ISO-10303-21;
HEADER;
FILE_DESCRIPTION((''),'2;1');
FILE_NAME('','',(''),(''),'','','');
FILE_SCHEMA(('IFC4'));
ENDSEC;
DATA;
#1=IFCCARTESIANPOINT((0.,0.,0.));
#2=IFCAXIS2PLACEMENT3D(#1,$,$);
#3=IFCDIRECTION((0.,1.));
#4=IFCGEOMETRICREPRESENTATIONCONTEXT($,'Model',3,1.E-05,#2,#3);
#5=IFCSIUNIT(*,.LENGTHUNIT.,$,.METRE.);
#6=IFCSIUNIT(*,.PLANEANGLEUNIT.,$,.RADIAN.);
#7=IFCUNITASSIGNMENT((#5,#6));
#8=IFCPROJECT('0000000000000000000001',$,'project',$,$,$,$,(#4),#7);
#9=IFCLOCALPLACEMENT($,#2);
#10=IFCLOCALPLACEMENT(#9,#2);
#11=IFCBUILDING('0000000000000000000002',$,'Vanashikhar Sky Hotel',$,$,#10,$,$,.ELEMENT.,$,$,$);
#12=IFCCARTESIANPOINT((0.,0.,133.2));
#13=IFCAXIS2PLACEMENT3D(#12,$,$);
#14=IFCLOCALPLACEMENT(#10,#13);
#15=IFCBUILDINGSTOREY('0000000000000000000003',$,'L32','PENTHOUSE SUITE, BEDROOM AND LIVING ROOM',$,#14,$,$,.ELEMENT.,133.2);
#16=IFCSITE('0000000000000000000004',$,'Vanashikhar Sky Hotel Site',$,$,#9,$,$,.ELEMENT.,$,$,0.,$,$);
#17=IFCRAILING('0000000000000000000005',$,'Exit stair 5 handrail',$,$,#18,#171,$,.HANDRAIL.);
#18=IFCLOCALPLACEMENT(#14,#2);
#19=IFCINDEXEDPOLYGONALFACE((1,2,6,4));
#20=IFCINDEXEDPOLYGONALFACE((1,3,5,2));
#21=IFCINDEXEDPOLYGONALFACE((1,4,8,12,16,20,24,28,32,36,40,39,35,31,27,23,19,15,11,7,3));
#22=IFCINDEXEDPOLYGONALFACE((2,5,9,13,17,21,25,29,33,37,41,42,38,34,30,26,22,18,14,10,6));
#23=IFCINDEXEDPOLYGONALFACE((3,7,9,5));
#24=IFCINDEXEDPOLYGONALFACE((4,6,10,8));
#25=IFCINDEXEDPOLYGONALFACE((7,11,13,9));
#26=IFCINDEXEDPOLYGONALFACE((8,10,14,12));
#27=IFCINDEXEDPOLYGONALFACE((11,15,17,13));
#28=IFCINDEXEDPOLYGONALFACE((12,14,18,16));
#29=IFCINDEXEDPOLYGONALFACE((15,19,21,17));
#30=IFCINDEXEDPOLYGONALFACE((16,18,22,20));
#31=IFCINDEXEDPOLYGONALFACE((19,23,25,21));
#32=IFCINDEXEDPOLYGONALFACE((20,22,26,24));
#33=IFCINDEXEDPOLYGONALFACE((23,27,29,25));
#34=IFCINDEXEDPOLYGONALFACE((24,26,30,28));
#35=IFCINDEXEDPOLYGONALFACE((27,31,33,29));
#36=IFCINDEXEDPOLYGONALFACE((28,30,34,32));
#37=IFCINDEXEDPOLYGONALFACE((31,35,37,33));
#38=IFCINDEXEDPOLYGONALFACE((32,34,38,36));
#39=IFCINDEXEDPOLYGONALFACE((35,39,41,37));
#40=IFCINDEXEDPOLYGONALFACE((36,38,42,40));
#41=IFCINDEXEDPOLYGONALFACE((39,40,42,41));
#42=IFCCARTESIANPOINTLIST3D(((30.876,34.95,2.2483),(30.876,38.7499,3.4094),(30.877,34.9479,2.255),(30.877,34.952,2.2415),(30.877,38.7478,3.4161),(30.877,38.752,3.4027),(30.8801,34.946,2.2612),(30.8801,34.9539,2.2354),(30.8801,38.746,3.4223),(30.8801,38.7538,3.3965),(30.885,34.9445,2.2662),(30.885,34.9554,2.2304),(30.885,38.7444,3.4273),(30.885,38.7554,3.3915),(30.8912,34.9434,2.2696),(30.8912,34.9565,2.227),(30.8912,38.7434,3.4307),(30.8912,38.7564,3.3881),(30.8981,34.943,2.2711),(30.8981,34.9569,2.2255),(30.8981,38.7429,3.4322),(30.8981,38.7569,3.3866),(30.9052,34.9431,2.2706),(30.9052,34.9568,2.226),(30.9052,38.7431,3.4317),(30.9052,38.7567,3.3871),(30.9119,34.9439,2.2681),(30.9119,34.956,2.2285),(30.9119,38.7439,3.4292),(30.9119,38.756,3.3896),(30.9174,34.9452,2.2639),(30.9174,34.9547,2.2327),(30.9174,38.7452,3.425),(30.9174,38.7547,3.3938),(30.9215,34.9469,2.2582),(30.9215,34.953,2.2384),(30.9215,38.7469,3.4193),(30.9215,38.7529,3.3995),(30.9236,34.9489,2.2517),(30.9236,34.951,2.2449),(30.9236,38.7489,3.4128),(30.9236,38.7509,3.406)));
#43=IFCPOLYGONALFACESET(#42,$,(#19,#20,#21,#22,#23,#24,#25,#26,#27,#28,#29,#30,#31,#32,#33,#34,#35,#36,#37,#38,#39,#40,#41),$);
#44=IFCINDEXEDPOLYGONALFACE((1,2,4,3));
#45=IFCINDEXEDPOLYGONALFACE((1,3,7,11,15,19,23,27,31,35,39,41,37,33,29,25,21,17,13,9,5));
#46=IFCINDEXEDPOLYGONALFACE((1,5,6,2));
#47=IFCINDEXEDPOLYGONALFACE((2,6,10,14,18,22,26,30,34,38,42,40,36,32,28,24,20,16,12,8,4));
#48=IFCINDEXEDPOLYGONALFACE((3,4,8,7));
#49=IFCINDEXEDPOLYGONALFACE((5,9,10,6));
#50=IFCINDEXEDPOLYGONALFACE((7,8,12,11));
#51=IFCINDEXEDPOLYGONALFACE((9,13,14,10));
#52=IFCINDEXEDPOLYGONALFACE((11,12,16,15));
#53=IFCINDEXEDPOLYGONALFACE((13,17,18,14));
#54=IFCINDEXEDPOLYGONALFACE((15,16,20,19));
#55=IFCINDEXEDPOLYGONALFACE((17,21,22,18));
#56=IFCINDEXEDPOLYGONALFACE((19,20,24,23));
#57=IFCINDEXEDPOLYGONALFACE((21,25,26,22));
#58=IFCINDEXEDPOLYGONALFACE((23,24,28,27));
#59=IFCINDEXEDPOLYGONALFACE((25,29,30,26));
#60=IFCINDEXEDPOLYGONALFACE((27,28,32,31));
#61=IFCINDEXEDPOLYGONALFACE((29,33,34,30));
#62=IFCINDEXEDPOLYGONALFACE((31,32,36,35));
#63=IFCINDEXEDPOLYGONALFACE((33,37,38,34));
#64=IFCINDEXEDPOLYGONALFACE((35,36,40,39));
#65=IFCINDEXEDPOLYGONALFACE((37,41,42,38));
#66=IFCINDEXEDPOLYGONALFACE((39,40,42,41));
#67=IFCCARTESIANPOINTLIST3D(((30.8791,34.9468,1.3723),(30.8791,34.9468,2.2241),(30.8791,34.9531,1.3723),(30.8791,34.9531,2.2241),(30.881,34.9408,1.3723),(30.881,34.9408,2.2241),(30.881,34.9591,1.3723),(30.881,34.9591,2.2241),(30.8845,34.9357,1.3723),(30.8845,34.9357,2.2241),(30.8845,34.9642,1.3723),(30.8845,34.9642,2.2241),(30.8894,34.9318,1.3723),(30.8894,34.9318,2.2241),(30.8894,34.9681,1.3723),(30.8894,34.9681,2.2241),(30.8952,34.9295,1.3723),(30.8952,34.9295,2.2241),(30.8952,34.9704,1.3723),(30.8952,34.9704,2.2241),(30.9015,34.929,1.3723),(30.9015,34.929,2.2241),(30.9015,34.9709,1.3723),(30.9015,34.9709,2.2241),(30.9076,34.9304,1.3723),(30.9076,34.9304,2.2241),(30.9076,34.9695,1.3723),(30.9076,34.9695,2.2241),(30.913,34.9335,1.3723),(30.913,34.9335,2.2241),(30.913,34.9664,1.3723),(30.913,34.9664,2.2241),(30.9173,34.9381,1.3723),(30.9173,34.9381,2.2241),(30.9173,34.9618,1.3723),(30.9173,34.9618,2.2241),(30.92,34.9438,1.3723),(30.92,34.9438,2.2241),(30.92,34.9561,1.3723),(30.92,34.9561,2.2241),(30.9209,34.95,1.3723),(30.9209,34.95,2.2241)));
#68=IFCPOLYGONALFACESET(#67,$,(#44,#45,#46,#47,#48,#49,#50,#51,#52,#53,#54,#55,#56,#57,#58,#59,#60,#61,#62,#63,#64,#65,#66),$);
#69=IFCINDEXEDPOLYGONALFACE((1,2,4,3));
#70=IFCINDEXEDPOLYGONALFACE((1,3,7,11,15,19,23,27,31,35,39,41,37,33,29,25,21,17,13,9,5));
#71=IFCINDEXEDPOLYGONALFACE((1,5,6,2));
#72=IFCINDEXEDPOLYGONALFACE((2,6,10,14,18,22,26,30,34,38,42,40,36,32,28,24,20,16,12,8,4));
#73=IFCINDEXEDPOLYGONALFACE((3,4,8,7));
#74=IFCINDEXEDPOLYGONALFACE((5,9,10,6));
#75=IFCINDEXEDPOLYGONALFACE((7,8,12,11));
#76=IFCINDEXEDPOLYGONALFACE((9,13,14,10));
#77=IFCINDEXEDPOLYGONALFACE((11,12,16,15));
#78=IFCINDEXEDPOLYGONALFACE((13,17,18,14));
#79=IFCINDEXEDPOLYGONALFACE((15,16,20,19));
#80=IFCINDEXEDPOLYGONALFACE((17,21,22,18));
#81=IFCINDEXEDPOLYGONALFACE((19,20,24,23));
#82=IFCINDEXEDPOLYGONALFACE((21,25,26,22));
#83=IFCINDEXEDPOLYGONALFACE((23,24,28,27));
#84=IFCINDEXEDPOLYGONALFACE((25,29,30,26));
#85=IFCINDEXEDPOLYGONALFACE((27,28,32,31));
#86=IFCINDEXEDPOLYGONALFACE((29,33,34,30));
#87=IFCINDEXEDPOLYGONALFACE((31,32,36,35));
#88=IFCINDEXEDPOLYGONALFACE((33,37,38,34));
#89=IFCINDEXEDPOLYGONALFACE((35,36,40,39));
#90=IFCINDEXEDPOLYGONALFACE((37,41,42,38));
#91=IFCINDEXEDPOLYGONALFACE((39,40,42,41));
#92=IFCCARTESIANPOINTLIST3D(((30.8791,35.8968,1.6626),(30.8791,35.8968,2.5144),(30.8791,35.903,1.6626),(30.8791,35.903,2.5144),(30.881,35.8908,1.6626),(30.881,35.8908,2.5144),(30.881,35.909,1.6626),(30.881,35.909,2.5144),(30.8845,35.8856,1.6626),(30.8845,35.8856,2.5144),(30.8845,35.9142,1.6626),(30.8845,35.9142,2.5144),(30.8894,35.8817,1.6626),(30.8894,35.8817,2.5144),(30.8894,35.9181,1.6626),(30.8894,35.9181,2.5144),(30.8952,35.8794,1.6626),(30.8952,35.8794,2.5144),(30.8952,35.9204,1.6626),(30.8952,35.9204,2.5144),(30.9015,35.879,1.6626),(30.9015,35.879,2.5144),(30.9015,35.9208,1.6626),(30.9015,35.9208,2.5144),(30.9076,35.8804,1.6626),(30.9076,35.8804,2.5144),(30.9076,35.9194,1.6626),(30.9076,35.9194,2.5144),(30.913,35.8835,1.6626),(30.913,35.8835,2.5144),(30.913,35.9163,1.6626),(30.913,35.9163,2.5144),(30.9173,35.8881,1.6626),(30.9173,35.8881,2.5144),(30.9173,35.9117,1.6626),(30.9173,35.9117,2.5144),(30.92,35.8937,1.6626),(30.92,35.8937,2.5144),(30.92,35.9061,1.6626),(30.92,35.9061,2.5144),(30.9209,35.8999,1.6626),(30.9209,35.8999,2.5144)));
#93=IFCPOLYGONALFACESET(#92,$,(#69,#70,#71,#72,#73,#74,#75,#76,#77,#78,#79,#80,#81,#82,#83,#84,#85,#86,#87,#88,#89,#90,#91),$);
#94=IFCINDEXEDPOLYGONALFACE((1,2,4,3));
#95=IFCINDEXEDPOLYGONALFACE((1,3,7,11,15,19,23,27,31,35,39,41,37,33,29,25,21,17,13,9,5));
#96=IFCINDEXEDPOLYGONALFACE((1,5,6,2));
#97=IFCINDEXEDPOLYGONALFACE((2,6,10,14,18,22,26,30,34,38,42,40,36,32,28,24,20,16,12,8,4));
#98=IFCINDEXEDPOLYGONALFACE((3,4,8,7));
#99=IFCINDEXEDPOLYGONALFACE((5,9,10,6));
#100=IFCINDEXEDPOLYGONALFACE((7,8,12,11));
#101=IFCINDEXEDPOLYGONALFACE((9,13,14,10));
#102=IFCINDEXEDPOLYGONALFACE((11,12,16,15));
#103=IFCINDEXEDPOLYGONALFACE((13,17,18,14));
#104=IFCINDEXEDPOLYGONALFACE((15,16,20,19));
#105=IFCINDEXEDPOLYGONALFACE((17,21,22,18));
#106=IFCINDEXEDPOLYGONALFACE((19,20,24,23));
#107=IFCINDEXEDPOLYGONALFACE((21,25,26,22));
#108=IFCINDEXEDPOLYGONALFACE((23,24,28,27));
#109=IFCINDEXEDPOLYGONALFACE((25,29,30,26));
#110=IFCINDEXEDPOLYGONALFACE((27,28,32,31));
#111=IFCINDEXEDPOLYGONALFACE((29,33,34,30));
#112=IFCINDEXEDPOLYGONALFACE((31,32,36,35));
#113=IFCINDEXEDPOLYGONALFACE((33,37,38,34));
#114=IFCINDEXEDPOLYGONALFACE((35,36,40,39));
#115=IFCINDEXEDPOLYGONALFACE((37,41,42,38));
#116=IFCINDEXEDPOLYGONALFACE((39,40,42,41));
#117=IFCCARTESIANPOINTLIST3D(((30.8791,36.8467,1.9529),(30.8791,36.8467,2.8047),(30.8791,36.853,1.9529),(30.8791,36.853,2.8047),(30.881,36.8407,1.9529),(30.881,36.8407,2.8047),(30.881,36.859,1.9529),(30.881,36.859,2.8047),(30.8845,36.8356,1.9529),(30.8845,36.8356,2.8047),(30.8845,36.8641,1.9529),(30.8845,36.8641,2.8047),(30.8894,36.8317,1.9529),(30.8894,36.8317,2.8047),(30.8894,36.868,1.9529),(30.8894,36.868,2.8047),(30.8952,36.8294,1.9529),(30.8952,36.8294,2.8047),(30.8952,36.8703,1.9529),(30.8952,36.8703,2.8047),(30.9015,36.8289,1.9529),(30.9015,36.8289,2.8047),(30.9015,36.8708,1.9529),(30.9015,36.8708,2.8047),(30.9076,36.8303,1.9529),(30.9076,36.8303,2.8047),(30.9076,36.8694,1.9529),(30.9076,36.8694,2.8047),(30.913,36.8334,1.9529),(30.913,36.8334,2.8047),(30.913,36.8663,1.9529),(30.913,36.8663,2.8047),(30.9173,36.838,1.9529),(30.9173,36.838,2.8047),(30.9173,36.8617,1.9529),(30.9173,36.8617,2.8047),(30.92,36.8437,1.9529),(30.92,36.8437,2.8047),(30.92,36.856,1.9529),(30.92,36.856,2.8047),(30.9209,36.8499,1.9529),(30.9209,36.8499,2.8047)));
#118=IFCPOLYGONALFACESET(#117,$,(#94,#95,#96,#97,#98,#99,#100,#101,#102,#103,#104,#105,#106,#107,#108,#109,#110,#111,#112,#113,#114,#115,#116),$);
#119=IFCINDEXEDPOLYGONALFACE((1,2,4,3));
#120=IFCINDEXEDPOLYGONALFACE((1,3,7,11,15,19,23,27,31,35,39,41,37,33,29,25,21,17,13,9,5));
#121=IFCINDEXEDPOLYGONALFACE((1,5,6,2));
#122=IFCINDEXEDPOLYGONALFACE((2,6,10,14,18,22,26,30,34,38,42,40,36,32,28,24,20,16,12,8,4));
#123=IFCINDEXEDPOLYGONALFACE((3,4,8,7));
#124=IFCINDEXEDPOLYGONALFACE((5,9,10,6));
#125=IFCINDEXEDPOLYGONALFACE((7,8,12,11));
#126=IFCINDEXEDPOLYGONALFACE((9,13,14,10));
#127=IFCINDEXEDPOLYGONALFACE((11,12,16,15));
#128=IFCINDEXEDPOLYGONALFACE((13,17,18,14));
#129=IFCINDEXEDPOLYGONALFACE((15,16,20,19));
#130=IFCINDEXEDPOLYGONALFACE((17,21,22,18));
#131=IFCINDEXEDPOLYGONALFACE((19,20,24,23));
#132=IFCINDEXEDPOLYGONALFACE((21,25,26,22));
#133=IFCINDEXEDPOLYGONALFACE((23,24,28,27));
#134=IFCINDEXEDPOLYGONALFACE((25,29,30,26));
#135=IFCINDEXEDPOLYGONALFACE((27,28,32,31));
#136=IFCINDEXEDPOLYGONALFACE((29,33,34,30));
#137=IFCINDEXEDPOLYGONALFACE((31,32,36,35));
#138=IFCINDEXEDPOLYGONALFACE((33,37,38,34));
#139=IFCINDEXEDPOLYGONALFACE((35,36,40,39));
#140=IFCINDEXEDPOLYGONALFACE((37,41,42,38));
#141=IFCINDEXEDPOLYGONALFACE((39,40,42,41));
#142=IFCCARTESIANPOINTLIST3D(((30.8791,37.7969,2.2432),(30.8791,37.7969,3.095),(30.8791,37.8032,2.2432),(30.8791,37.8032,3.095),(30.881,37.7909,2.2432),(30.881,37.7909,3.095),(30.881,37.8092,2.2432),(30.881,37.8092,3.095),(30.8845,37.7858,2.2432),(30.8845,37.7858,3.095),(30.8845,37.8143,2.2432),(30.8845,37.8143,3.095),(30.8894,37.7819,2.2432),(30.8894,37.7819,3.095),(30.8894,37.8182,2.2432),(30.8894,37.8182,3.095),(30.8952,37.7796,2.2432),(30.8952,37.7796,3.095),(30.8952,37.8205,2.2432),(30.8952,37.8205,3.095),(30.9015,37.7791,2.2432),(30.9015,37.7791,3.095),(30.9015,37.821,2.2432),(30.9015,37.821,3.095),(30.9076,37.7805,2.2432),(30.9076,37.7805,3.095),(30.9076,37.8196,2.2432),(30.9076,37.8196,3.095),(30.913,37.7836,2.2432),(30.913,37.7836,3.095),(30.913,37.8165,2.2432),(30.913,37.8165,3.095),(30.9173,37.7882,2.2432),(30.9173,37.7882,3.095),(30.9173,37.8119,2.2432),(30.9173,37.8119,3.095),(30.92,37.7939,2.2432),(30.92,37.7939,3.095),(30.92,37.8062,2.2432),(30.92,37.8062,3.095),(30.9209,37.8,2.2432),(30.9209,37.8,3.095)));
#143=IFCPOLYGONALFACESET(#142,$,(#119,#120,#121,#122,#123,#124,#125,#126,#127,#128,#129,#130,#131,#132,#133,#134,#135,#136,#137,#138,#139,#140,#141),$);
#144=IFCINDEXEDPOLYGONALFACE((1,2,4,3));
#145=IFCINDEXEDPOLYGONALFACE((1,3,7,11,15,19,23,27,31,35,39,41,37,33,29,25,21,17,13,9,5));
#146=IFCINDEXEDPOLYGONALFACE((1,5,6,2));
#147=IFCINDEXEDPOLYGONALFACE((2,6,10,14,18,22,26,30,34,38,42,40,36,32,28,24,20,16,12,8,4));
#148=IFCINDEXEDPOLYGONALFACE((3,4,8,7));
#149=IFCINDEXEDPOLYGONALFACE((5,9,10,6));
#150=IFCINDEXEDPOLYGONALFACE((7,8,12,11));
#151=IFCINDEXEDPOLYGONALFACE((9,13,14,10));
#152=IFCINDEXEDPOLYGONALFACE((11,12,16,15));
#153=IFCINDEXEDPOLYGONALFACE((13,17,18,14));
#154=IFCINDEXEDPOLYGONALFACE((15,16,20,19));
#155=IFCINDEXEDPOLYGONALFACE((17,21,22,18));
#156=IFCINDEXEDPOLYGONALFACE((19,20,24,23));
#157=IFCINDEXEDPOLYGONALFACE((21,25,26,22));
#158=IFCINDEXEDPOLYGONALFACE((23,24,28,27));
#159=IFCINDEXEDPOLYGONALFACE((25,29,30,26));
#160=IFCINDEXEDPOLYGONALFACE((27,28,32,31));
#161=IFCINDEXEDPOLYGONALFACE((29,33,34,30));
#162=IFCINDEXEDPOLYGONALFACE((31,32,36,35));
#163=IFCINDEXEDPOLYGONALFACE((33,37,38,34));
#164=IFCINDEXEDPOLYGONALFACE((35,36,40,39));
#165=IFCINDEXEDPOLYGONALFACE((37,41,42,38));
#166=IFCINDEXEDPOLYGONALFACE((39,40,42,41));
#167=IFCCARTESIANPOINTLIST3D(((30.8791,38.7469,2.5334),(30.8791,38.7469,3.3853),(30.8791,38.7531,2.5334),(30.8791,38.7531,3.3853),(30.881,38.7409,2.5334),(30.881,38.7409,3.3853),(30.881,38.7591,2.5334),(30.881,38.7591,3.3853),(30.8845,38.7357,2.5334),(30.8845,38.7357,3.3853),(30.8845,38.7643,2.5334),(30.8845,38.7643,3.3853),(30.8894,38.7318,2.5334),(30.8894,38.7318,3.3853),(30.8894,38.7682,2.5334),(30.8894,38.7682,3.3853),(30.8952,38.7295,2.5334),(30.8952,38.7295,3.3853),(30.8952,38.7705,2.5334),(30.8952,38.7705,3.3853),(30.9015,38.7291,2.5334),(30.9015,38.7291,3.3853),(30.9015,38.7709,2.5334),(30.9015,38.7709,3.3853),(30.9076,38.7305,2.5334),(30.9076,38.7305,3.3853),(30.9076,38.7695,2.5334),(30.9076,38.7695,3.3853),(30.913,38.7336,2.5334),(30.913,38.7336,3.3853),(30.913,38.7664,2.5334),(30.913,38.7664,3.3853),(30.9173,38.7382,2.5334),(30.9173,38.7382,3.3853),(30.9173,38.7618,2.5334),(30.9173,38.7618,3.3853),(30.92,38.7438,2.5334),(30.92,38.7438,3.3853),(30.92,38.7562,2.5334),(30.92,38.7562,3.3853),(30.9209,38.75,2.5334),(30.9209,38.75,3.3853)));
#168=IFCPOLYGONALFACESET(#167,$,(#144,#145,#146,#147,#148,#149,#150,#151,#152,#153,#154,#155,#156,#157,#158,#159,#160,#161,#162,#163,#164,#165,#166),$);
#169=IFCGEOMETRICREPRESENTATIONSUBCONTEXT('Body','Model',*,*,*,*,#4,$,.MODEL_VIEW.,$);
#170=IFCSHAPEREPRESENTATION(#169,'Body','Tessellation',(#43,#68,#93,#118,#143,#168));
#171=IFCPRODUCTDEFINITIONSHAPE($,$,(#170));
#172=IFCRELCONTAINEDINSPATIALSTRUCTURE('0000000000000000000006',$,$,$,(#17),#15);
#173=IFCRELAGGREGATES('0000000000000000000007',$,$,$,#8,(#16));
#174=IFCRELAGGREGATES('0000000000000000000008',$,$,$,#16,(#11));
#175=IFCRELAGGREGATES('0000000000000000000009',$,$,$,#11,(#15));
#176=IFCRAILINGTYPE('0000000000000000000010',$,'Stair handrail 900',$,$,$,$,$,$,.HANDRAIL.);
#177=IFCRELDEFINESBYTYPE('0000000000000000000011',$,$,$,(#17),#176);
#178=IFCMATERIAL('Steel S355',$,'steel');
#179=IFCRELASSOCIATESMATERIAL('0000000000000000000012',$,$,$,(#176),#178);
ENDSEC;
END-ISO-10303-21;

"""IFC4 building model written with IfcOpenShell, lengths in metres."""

from ifc_helpers import new_model, si_unit, direction, frame, origin, origin_2d, place, context, subcontext, project, spatial, circle, extrude, source, transform, mapped, material, type_object, element, save


model = new_model("IFC4")

# Units and contexts
model_context = context("Model", 3, precision=1e-05, world=origin(), true_north=direction((0.0, 1.0)))
body_context = subcontext(model_context, "Body", "Model", "MODEL_VIEW")
ifc_project = project(units=[si_unit("LENGTHUNIT", "METRE"), si_unit("PLANEANGLEUNIT", "RADIAN")], contexts=[model_context])

# Site, building, storey
site_placement = place(None, origin())
site = spatial("IfcSite", under=ifc_project, at=site_placement, Name="Vanashikhar Sky Hotel Site", CompositionType="ELEMENT", RefElevation=0.0)
building_placement = place(site_placement, origin())
building = spatial("IfcBuilding", under=site, at=building_placement, Name="Vanashikhar Sky Hotel", CompositionType="ELEMENT")
storey_placement = place(building_placement, frame((0.0, 0.0, 133.2)))
storey = spatial("IfcBuildingStorey", under=building, at=storey_placement, Name="L32", Description="PENTHOUSE SUITE, BEDROOM AND LIVING ROOM", CompositionType="ELEMENT", Elevation=133.2)

# Railing
ifc_material_1 = material(Name="Steel S355", Category="steel")
railing_type_1 = type_object("IfcRailingType", Name="Stair handrail 900", PredefinedType="HANDRAIL", material=ifc_material_1)
shared_shape_1 = source(origin(), body_context, "Body", "SweptSolid", [
    extrude(circle(Radius=0.0239, at=origin_2d()), frame((0.0, 0.0, 0.876), z_axis=(0.0, 0.956351, 0.29222), x_axis=(-1.0, 0.0, 0.0)), (0.0, 0.0, 1.0), 3.9734),
    extrude(circle(Radius=0.021, at=origin_2d()), origin(), (0.0, 0.0, 1.0), 0.8518),
    extrude(circle(Radius=0.021, at=origin_2d()), frame((0.0, 0.95, 0.2903)), (0.0, 0.0, 1.0), 0.8518),
    extrude(circle(Radius=0.021, at=origin_2d()), frame((0.0, 1.8999, 0.5806)), (0.0, 0.0, 1.0), 0.8518),
    extrude(circle(Radius=0.021, at=origin_2d()), frame((0.0, 2.8501, 0.8708)), (0.0, 0.0, 1.0), 0.8518),
    extrude(circle(Radius=0.021, at=origin_2d()), frame((0.0, 3.8, 1.1611)), (0.0, 0.0, 1.0), 0.8518),
])
railing_1_placement = place(storey_placement, frame((30.8999, 34.95, 1.3723)))
element("IfcRailing", 1, at=railing_1_placement, inside=storey, type_object=railing_type_1, Name="Exit stair 5 handrail", PredefinedType="HANDRAIL", context=body_context, shape_type="MappedRepresentation", body=[
    mapped(shared_shape_1, transform((0.0, 0.0, 0.0), scale=1.0)),
])

save(model, "model.ifc")
